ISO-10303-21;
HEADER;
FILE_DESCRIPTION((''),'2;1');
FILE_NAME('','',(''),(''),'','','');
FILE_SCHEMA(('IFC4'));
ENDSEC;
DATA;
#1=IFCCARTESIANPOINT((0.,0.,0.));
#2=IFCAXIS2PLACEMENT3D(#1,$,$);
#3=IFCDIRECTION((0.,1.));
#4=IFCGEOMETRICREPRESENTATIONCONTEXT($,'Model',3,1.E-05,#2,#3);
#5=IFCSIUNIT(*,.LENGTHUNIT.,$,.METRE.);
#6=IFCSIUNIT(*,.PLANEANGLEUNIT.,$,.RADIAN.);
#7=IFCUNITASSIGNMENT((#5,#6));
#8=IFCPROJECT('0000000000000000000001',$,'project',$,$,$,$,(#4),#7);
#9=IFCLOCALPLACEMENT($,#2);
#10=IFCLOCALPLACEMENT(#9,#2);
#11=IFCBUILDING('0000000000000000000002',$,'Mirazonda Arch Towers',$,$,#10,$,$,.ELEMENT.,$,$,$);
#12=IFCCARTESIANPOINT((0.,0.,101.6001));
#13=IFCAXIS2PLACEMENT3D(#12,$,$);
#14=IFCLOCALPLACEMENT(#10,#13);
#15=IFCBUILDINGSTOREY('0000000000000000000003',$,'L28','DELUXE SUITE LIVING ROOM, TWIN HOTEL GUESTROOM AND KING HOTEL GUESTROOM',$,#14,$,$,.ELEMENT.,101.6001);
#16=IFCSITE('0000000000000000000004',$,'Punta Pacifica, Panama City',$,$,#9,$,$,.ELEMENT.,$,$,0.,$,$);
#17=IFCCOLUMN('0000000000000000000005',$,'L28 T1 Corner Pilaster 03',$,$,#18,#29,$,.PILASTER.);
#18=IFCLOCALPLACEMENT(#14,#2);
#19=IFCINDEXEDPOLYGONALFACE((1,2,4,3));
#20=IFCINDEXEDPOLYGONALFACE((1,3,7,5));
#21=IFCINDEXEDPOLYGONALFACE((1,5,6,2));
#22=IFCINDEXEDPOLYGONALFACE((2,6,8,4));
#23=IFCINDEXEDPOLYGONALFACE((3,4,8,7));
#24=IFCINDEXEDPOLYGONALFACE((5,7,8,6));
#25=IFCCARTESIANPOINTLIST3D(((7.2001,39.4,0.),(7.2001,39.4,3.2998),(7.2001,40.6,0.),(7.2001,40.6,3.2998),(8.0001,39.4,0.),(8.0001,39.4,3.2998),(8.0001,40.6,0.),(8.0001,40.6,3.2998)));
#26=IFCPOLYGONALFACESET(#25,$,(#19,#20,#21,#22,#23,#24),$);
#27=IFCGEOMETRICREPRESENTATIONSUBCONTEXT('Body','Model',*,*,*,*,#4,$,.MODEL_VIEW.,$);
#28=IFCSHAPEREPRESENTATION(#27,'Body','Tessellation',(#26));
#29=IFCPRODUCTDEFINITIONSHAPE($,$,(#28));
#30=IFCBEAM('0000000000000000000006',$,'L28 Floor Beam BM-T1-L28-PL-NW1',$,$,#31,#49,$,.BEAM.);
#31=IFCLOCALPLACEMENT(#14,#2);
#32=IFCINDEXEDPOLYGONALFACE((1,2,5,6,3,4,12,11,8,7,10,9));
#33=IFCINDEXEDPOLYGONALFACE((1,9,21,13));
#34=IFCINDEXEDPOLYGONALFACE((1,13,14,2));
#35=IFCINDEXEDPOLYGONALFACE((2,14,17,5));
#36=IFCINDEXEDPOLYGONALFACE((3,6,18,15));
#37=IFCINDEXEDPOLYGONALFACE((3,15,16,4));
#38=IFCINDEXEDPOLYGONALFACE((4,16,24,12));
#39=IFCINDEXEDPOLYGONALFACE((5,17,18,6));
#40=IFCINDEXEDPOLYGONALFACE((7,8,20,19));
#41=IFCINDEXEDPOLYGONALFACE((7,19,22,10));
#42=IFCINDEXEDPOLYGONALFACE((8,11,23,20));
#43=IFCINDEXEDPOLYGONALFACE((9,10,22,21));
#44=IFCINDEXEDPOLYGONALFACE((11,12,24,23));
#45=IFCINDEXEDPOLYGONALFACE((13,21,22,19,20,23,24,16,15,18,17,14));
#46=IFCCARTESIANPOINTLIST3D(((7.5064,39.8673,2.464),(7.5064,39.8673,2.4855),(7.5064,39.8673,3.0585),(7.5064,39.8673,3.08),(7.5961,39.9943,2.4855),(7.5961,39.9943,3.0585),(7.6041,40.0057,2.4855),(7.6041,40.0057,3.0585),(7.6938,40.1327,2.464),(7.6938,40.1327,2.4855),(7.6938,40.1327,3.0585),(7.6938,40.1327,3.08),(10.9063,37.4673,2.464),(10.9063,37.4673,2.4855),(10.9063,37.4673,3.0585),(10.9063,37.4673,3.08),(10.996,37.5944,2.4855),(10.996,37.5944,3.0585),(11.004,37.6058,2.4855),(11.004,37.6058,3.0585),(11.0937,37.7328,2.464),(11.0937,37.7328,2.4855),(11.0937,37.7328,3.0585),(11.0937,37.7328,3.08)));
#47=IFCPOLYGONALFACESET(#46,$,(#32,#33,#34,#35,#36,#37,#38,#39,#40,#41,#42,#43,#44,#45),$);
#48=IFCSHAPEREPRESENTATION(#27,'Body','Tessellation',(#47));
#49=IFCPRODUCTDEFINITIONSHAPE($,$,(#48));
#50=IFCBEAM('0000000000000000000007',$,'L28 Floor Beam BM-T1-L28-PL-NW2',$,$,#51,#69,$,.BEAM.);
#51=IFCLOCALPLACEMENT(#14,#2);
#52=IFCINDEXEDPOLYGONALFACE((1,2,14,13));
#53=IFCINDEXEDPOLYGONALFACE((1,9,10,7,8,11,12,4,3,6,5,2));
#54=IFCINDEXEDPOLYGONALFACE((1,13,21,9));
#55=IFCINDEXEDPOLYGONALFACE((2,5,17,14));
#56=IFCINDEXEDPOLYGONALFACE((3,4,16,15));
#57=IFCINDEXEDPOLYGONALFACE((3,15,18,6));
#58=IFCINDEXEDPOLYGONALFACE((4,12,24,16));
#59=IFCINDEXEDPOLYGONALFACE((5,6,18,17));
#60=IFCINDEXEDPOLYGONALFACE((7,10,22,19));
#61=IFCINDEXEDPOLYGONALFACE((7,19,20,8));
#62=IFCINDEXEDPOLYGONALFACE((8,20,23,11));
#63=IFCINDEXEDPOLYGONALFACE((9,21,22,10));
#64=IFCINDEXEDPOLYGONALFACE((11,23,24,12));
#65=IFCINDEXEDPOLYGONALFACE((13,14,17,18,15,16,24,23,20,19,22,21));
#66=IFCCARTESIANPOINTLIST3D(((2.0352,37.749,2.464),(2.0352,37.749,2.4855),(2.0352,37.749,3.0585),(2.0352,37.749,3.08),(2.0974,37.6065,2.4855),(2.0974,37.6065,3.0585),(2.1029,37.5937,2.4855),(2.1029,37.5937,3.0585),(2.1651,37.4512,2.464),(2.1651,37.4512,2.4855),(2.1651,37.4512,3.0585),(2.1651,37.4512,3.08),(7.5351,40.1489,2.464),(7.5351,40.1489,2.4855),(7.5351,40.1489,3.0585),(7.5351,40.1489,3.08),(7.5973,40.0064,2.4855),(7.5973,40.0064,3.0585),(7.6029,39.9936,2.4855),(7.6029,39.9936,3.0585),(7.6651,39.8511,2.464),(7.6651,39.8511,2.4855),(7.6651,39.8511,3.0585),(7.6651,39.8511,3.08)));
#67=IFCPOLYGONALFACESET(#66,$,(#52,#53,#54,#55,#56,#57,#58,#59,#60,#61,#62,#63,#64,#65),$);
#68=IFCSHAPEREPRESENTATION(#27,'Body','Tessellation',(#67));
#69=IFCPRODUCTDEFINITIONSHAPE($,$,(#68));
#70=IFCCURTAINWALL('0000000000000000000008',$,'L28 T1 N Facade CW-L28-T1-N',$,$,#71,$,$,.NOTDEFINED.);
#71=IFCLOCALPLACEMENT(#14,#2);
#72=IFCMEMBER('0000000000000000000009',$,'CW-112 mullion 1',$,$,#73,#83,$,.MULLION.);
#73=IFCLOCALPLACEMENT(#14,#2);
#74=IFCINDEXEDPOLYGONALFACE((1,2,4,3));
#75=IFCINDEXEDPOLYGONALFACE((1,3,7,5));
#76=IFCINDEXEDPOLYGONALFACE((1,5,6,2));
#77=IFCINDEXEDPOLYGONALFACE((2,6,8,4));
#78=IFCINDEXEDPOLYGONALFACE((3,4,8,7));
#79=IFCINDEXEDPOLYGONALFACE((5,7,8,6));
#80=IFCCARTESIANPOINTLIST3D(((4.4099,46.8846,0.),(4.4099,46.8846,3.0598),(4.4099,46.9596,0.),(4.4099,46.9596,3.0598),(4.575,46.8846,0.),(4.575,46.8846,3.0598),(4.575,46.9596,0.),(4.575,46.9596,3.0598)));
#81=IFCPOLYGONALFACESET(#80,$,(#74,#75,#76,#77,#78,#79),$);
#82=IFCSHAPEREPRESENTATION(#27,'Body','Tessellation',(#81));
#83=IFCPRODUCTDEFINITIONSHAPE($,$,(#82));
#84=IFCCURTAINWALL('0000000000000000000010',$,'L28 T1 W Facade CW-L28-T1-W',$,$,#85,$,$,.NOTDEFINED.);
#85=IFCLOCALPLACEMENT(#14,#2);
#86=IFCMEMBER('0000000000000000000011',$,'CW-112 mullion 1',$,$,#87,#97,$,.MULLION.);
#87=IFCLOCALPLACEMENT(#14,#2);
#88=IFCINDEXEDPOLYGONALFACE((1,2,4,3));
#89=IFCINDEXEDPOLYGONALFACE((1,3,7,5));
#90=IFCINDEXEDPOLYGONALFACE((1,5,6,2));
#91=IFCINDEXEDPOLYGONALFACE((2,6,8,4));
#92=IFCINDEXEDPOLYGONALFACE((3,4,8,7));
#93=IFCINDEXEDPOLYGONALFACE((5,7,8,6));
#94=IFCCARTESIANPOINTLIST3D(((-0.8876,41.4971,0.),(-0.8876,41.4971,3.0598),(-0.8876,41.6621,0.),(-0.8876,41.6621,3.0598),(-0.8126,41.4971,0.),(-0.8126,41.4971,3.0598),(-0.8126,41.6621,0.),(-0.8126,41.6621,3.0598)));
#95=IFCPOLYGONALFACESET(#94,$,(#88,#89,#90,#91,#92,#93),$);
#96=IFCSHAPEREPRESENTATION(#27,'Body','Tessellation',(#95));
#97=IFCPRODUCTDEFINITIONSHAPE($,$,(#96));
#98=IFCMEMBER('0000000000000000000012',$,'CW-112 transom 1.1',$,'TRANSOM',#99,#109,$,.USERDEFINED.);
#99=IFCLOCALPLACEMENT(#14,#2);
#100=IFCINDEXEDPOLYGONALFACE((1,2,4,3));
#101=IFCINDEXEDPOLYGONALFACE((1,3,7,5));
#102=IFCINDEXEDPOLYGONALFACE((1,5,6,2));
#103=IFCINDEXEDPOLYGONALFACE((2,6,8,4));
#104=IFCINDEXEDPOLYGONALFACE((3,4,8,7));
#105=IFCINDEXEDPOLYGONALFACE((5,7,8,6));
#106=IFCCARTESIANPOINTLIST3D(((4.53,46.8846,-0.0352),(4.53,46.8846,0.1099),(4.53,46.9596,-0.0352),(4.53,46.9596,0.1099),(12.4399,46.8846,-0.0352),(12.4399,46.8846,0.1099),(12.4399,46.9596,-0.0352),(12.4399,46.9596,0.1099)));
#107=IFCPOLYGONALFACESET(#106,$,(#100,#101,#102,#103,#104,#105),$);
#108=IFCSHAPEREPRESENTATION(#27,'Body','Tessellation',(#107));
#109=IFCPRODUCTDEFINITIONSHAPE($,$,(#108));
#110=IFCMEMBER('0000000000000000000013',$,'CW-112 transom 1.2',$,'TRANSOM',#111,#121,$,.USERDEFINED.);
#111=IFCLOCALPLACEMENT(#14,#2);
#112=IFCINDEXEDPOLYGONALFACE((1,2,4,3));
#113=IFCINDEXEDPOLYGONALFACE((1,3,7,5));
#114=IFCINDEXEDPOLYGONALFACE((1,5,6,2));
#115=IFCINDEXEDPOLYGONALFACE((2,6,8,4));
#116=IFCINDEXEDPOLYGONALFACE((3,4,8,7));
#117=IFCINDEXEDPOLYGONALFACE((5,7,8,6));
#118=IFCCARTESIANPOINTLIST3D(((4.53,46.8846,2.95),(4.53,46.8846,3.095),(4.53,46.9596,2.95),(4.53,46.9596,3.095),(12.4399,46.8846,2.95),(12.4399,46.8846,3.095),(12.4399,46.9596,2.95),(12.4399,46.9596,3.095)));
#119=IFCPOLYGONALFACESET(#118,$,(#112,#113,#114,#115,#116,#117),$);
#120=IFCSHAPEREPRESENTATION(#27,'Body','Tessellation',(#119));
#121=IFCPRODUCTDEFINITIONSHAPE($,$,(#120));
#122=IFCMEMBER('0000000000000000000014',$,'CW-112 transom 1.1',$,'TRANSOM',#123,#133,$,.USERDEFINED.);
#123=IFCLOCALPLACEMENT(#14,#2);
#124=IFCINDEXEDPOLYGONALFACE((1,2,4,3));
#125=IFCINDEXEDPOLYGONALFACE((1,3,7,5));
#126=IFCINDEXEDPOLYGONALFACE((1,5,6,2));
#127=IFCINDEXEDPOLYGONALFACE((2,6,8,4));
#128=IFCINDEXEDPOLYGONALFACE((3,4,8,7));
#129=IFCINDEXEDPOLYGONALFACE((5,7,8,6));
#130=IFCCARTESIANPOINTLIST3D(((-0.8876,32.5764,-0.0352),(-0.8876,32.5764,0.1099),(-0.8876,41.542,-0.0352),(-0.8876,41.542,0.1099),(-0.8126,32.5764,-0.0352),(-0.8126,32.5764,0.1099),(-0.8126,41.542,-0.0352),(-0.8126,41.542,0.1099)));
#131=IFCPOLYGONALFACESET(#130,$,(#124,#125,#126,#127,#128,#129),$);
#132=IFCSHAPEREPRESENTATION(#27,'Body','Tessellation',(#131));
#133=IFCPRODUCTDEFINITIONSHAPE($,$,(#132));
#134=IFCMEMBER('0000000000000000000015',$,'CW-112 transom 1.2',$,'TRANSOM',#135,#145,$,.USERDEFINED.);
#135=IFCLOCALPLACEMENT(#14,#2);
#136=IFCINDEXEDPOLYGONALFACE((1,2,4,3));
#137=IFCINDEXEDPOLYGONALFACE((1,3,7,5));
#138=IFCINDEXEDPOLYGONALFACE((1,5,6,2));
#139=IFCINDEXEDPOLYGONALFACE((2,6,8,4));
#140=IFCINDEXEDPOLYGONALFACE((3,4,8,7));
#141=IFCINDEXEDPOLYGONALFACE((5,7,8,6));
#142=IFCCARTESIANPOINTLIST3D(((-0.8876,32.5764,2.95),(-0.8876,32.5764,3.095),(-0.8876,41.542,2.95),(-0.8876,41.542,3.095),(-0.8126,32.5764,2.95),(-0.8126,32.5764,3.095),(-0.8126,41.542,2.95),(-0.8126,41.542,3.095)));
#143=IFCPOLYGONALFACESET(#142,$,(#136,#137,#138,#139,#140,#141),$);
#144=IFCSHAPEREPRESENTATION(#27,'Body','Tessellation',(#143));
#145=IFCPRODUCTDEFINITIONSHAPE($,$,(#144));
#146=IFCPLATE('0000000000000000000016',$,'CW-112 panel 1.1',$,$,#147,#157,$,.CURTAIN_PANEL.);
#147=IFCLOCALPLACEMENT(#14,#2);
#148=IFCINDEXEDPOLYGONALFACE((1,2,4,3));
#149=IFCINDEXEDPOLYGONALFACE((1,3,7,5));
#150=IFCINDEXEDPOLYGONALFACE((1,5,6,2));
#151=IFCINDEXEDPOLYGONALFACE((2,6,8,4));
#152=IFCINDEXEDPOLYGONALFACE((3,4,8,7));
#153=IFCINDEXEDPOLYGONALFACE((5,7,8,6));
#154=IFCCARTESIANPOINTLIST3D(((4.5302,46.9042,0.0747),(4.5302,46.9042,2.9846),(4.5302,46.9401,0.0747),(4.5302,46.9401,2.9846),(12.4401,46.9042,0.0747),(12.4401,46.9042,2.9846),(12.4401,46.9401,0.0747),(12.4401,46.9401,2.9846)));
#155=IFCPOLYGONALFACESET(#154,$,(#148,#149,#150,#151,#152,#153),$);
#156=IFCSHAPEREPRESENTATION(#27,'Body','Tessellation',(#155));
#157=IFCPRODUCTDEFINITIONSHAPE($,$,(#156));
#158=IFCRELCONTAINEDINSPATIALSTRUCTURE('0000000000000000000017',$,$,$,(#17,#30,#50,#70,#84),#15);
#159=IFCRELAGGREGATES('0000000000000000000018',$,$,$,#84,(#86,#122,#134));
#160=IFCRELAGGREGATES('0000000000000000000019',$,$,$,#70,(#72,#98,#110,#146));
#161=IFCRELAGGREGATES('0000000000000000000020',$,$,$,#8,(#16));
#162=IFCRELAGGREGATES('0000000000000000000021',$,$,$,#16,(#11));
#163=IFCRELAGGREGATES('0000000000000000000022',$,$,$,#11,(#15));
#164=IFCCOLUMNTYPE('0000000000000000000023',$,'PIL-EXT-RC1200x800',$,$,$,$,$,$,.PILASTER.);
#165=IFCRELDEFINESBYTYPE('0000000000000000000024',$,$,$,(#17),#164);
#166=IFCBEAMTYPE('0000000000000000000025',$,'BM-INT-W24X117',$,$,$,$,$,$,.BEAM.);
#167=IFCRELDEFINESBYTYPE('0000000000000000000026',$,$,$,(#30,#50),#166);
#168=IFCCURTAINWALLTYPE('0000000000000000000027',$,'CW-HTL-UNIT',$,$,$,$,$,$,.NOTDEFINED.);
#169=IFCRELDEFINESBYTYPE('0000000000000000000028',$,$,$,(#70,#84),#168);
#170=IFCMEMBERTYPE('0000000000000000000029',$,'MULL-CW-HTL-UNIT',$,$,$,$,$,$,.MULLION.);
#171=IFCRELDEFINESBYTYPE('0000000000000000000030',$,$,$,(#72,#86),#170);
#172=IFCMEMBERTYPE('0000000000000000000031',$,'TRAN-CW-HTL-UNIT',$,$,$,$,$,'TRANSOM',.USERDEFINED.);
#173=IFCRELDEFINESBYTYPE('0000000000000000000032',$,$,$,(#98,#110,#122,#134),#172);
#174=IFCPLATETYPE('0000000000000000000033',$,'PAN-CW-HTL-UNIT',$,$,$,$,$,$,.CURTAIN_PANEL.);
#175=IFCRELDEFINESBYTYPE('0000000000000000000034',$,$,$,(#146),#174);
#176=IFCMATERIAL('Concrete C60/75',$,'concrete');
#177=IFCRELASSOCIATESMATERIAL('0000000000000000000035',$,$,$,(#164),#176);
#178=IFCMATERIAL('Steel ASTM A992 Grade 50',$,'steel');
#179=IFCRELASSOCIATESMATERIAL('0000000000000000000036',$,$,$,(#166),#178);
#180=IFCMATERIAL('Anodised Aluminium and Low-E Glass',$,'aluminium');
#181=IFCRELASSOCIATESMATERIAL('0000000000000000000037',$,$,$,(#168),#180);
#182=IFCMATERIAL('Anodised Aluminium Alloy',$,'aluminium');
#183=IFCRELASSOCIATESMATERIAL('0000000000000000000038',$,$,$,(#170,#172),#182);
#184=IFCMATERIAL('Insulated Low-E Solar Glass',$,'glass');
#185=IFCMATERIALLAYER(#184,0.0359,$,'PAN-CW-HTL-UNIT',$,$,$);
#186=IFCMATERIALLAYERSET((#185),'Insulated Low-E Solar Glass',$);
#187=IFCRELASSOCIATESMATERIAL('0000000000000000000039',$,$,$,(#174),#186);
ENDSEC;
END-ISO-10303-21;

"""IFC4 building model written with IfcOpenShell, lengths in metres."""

from ifc_helpers import new_model, si_unit, direction, frame, origin, origin_2d, place, context, subcontext, project, spatial, rectangle, i_section, extrude, material, layer, layer_set, material_profile, profile_set, type_object, element, aggregate, save


model = new_model("IFC4")

# Units and contexts
model_context = context("Model", 3, precision=1e-05, world=origin(), true_north=direction((0.0, 1.0)))
body_context = subcontext(model_context, "Body", "Model", "MODEL_VIEW")
ifc_project = project(units=[si_unit("LENGTHUNIT", "METRE"), si_unit("PLANEANGLEUNIT", "RADIAN")], contexts=[model_context])

# Site, building, storey
site_placement = place(None, origin())
site = spatial("IfcSite", under=ifc_project, at=site_placement, Name="Punta Pacifica, Panama City", CompositionType="ELEMENT", RefElevation=0.0)
building_placement = place(site_placement, origin())
building = spatial("IfcBuilding", under=site, at=building_placement, Name="Mirazonda Arch Towers", CompositionType="ELEMENT")
storey_placement = place(building_placement, frame((0.0, 0.0, 101.6001)))
storey = spatial("IfcBuildingStorey", under=building, at=storey_placement, Name="L28", Description="DELUXE SUITE LIVING ROOM, TWIN HOTEL GUESTROOM AND KING HOTEL GUESTROOM", CompositionType="ELEMENT", Elevation=101.6001)

# Column
ifc_material_1 = material(Name="Concrete C60/75", Category="concrete")
ifc_material_profile_1 = material_profile(ifc_material_1, rectangle(XDim=0.8, YDim=1.2, at=origin_2d()), Name="RC1200x800")
ifc_profile_set_1 = profile_set([ifc_material_profile_1], Name="Concrete C60/75")
column_type = type_object("IfcColumnType", Name="PIL-EXT-RC1200x800", PredefinedType="PILASTER", material=ifc_profile_set_1)
column_placement = place(storey_placement, frame((7.6001, 40.0, 0.0), z_axis=(0.0, 0.0, 1.0), x_axis=(1.0, 0.0, 0.0)))
element("IfcColumn", 1, at=column_placement, inside=storey, type_object=column_type, Name="L28 T1 Corner Pilaster 03", PredefinedType="PILASTER", context=body_context, shape_type="SweptSolid", body=[
    extrude(rectangle(XDim=0.8, YDim=1.2, at=origin_2d()), origin(), (0.0, 0.0, 1.0), 3.2998),
])

# Beams
ifc_material_2 = material(Name="Steel ASTM A992 Grade 50", Category="steel")
ifc_material_profile_2 = material_profile(ifc_material_2, i_section(OverallWidth=0.325, OverallDepth=0.616, WebThickness=0.0139, FlangeThickness=0.0215, at=origin_2d()), Name="W24X117")
ifc_profile_set_2 = profile_set([ifc_material_profile_2], Name="Steel ASTM A992 Grade 50")
beam_type = type_object("IfcBeamType", Name="BM-INT-W24X117", PredefinedType="BEAM", material=ifc_profile_set_2)
beam_1_placement = place(storey_placement, frame((7.6001, 40.0, 2.772), z_axis=(0.816971, -0.576679, 0.0), x_axis=(0.576679, 0.816971, 0.0)))
element("IfcBeam", 2, at=beam_1_placement, inside=storey, type_object=beam_type, Name="L28 Floor Beam BM-T1-L28-PL-NW1", PredefinedType="BEAM", context=body_context, shape_type="SweptSolid", body=[
    extrude(i_section(OverallWidth=0.325, OverallDepth=0.616, WebThickness=0.0139, FlangeThickness=0.0215, at=origin_2d()), origin(), (0.0, 0.0, 1.0), 4.1616),
])
beam_2_placement = place(storey_placement, frame((7.6001, 40.0, 2.772), z_axis=(-0.916545, -0.399931, 0.0), x_axis=(0.399931, -0.916545, 0.0)))
element("IfcBeam", 3, at=beam_2_placement, inside=storey, type_object=beam_type, Name="L28 Floor Beam BM-T1-L28-PL-NW2", PredefinedType="BEAM", context=body_context, shape_type="SweptSolid", body=[
    extrude(i_section(OverallWidth=0.325, OverallDepth=0.616, WebThickness=0.0139, FlangeThickness=0.0215, at=origin_2d()), origin(), (0.0, 0.0, 1.0), 6.0007),
])

# Curtain walls, members
ifc_material_3 = material(Name="Anodised Aluminium and Low-E Glass", Category="aluminium")
curtain_wall_type = type_object("IfcCurtainWallType", Name="CW-HTL-UNIT", PredefinedType="NOTDEFINED", material=ifc_material_3)
curtain_wall_1_placement = place(storey_placement, origin())
curtain_wall_1 = element("IfcCurtainWall", 4, at=curtain_wall_1_placement, inside=storey, type_object=curtain_wall_type, Name="L28 T1 N Facade CW-L28-T1-N", PredefinedType="NOTDEFINED")
ifc_material_4 = material(Name="Anodised Aluminium Alloy", Category="aluminium")
ifc_material_profile_3 = material_profile(ifc_material_4, rectangle(XDim=0.075, YDim=0.165, at=origin_2d()), Name="ALU-MULL-75x165")
ifc_profile_set_3 = profile_set([ifc_material_profile_3], Name="Anodised Aluminium Alloy")
member_type_1 = type_object("IfcMemberType", Name="MULL-CW-HTL-UNIT", PredefinedType="MULLION", material=ifc_profile_set_3)
member_1_placement = place(storey_placement, frame((4.4924, 46.9221, 0.0), z_axis=(0.0, 0.0, 1.0), x_axis=(0.0, 1.0, 0.0)))
member_1 = element("IfcMember", 5, at=member_1_placement, type_object=member_type_1, Name="CW-112 mullion 1", PredefinedType="MULLION", context=body_context, shape_type="SweptSolid", body=[
    extrude(rectangle(XDim=0.075, YDim=0.165, at=origin_2d()), origin(), (0.0, 0.0, 1.0), 3.0598),
])
curtain_wall_2_placement = place(storey_placement, origin())
curtain_wall_2 = element("IfcCurtainWall", 6, at=curtain_wall_2_placement, inside=storey, type_object=curtain_wall_type, Name="L28 T1 W Facade CW-L28-T1-W", PredefinedType="NOTDEFINED")
member_2_placement = place(storey_placement, frame((-0.8501, 41.5796, 0.0), z_axis=(0.0, 0.0, 1.0), x_axis=(1.0, 0.0, 0.0)))
member_2 = element("IfcMember", 7, at=member_2_placement, type_object=member_type_1, Name="CW-112 mullion 1", PredefinedType="MULLION", context=body_context, shape_type="SweptSolid", body=[
    extrude(rectangle(XDim=0.075, YDim=0.165, at=origin_2d()), origin(), (0.0, 0.0, 1.0), 3.0598),
])

# Members
ifc_material_profile_4 = material_profile(ifc_material_4, rectangle(XDim=0.075, YDim=0.145, at=origin_2d()), Name="ALU-TRAN-75x145")
ifc_profile_set_4 = profile_set([ifc_material_profile_4], Name="Anodised Aluminium Alloy")
member_type_2 = type_object("IfcMemberType", Name="TRAN-CW-HTL-UNIT", ElementType="TRANSOM", PredefinedType="USERDEFINED", material=ifc_profile_set_4)
member_3_placement = place(storey_placement, frame((4.53, 46.9221, 0.0374), z_axis=(1.0, 0.0, 0.0), x_axis=(0.0, 1.0, 0.0)))
member_3 = element("IfcMember", 8, at=member_3_placement, type_object=member_type_2, Name="CW-112 transom 1.1", ObjectType="TRANSOM", PredefinedType="USERDEFINED", context=body_context, shape_type="SweptSolid", body=[
    extrude(rectangle(XDim=0.075, YDim=0.145, at=origin_2d()), origin(), (0.0, 0.0, 1.0), 7.9099),
])
member_4_placement = place(storey_placement, frame((4.53, 46.9221, 3.0225), z_axis=(1.0, 0.0, 0.0), x_axis=(0.0, 1.0, 0.0)))
member_4 = element("IfcMember", 9, at=member_4_placement, type_object=member_type_2, Name="CW-112 transom 1.2", ObjectType="TRANSOM", PredefinedType="USERDEFINED", context=body_context, shape_type="SweptSolid", body=[
    extrude(rectangle(XDim=0.075, YDim=0.145, at=origin_2d()), origin(), (0.0, 0.0, 1.0), 7.9099),
])
member_5_placement = place(storey_placement, frame((-0.8501, 41.542, 0.0374), z_axis=(0.0, -1.0, 0.0), x_axis=(1.0, 0.0, 0.0)))
member_5 = element("IfcMember", 10, at=member_5_placement, type_object=member_type_2, Name="CW-112 transom 1.1", ObjectType="TRANSOM", PredefinedType="USERDEFINED", context=body_context, shape_type="SweptSolid", body=[
    extrude(rectangle(XDim=0.075, YDim=0.145, at=origin_2d()), origin(), (0.0, 0.0, 1.0), 8.9656),
])
member_6_placement = place(storey_placement, frame((-0.8501, 41.542, 3.0225), z_axis=(0.0, -1.0, 0.0), x_axis=(1.0, 0.0, 0.0)))
member_6 = element("IfcMember", 11, at=member_6_placement, type_object=member_type_2, Name="CW-112 transom 1.2", ObjectType="TRANSOM", PredefinedType="USERDEFINED", context=body_context, shape_type="SweptSolid", body=[
    extrude(rectangle(XDim=0.075, YDim=0.145, at=origin_2d()), origin(), (0.0, 0.0, 1.0), 8.9656),
])
aggregate(curtain_wall_2, [member_2, member_5, member_6])

# Plate
ifc_material_5 = material(Name="Insulated Low-E Solar Glass", Category="glass")
ifc_layer_1 = layer(ifc_material_5, 0.0359, Name="PAN-CW-HTL-UNIT")
ifc_layer_set_1 = layer_set([ifc_layer_1], Name="Insulated Low-E Solar Glass")
plate_type = type_object("IfcPlateType", Name="PAN-CW-HTL-UNIT", PredefinedType="CURTAIN_PANEL", material=ifc_layer_set_1)
plate_placement = place(storey_placement, frame((8.4851, 46.9221, 0.0747), z_axis=(0.0, 0.0, 1.0), x_axis=(1.0, 0.0, 0.0)))
plate = element("IfcPlate", 12, at=plate_placement, type_object=plate_type, Name="CW-112 panel 1.1", PredefinedType="CURTAIN_PANEL", context=body_context, shape_type="SweptSolid", body=[
    extrude(rectangle(XDim=7.9099, YDim=0.0359, at=origin_2d()), origin(), (0.0, 0.0, 1.0), 2.9099),
])
aggregate(curtain_wall_1, [member_1, member_3, member_4, plate])

save(model, "model.ifc")
